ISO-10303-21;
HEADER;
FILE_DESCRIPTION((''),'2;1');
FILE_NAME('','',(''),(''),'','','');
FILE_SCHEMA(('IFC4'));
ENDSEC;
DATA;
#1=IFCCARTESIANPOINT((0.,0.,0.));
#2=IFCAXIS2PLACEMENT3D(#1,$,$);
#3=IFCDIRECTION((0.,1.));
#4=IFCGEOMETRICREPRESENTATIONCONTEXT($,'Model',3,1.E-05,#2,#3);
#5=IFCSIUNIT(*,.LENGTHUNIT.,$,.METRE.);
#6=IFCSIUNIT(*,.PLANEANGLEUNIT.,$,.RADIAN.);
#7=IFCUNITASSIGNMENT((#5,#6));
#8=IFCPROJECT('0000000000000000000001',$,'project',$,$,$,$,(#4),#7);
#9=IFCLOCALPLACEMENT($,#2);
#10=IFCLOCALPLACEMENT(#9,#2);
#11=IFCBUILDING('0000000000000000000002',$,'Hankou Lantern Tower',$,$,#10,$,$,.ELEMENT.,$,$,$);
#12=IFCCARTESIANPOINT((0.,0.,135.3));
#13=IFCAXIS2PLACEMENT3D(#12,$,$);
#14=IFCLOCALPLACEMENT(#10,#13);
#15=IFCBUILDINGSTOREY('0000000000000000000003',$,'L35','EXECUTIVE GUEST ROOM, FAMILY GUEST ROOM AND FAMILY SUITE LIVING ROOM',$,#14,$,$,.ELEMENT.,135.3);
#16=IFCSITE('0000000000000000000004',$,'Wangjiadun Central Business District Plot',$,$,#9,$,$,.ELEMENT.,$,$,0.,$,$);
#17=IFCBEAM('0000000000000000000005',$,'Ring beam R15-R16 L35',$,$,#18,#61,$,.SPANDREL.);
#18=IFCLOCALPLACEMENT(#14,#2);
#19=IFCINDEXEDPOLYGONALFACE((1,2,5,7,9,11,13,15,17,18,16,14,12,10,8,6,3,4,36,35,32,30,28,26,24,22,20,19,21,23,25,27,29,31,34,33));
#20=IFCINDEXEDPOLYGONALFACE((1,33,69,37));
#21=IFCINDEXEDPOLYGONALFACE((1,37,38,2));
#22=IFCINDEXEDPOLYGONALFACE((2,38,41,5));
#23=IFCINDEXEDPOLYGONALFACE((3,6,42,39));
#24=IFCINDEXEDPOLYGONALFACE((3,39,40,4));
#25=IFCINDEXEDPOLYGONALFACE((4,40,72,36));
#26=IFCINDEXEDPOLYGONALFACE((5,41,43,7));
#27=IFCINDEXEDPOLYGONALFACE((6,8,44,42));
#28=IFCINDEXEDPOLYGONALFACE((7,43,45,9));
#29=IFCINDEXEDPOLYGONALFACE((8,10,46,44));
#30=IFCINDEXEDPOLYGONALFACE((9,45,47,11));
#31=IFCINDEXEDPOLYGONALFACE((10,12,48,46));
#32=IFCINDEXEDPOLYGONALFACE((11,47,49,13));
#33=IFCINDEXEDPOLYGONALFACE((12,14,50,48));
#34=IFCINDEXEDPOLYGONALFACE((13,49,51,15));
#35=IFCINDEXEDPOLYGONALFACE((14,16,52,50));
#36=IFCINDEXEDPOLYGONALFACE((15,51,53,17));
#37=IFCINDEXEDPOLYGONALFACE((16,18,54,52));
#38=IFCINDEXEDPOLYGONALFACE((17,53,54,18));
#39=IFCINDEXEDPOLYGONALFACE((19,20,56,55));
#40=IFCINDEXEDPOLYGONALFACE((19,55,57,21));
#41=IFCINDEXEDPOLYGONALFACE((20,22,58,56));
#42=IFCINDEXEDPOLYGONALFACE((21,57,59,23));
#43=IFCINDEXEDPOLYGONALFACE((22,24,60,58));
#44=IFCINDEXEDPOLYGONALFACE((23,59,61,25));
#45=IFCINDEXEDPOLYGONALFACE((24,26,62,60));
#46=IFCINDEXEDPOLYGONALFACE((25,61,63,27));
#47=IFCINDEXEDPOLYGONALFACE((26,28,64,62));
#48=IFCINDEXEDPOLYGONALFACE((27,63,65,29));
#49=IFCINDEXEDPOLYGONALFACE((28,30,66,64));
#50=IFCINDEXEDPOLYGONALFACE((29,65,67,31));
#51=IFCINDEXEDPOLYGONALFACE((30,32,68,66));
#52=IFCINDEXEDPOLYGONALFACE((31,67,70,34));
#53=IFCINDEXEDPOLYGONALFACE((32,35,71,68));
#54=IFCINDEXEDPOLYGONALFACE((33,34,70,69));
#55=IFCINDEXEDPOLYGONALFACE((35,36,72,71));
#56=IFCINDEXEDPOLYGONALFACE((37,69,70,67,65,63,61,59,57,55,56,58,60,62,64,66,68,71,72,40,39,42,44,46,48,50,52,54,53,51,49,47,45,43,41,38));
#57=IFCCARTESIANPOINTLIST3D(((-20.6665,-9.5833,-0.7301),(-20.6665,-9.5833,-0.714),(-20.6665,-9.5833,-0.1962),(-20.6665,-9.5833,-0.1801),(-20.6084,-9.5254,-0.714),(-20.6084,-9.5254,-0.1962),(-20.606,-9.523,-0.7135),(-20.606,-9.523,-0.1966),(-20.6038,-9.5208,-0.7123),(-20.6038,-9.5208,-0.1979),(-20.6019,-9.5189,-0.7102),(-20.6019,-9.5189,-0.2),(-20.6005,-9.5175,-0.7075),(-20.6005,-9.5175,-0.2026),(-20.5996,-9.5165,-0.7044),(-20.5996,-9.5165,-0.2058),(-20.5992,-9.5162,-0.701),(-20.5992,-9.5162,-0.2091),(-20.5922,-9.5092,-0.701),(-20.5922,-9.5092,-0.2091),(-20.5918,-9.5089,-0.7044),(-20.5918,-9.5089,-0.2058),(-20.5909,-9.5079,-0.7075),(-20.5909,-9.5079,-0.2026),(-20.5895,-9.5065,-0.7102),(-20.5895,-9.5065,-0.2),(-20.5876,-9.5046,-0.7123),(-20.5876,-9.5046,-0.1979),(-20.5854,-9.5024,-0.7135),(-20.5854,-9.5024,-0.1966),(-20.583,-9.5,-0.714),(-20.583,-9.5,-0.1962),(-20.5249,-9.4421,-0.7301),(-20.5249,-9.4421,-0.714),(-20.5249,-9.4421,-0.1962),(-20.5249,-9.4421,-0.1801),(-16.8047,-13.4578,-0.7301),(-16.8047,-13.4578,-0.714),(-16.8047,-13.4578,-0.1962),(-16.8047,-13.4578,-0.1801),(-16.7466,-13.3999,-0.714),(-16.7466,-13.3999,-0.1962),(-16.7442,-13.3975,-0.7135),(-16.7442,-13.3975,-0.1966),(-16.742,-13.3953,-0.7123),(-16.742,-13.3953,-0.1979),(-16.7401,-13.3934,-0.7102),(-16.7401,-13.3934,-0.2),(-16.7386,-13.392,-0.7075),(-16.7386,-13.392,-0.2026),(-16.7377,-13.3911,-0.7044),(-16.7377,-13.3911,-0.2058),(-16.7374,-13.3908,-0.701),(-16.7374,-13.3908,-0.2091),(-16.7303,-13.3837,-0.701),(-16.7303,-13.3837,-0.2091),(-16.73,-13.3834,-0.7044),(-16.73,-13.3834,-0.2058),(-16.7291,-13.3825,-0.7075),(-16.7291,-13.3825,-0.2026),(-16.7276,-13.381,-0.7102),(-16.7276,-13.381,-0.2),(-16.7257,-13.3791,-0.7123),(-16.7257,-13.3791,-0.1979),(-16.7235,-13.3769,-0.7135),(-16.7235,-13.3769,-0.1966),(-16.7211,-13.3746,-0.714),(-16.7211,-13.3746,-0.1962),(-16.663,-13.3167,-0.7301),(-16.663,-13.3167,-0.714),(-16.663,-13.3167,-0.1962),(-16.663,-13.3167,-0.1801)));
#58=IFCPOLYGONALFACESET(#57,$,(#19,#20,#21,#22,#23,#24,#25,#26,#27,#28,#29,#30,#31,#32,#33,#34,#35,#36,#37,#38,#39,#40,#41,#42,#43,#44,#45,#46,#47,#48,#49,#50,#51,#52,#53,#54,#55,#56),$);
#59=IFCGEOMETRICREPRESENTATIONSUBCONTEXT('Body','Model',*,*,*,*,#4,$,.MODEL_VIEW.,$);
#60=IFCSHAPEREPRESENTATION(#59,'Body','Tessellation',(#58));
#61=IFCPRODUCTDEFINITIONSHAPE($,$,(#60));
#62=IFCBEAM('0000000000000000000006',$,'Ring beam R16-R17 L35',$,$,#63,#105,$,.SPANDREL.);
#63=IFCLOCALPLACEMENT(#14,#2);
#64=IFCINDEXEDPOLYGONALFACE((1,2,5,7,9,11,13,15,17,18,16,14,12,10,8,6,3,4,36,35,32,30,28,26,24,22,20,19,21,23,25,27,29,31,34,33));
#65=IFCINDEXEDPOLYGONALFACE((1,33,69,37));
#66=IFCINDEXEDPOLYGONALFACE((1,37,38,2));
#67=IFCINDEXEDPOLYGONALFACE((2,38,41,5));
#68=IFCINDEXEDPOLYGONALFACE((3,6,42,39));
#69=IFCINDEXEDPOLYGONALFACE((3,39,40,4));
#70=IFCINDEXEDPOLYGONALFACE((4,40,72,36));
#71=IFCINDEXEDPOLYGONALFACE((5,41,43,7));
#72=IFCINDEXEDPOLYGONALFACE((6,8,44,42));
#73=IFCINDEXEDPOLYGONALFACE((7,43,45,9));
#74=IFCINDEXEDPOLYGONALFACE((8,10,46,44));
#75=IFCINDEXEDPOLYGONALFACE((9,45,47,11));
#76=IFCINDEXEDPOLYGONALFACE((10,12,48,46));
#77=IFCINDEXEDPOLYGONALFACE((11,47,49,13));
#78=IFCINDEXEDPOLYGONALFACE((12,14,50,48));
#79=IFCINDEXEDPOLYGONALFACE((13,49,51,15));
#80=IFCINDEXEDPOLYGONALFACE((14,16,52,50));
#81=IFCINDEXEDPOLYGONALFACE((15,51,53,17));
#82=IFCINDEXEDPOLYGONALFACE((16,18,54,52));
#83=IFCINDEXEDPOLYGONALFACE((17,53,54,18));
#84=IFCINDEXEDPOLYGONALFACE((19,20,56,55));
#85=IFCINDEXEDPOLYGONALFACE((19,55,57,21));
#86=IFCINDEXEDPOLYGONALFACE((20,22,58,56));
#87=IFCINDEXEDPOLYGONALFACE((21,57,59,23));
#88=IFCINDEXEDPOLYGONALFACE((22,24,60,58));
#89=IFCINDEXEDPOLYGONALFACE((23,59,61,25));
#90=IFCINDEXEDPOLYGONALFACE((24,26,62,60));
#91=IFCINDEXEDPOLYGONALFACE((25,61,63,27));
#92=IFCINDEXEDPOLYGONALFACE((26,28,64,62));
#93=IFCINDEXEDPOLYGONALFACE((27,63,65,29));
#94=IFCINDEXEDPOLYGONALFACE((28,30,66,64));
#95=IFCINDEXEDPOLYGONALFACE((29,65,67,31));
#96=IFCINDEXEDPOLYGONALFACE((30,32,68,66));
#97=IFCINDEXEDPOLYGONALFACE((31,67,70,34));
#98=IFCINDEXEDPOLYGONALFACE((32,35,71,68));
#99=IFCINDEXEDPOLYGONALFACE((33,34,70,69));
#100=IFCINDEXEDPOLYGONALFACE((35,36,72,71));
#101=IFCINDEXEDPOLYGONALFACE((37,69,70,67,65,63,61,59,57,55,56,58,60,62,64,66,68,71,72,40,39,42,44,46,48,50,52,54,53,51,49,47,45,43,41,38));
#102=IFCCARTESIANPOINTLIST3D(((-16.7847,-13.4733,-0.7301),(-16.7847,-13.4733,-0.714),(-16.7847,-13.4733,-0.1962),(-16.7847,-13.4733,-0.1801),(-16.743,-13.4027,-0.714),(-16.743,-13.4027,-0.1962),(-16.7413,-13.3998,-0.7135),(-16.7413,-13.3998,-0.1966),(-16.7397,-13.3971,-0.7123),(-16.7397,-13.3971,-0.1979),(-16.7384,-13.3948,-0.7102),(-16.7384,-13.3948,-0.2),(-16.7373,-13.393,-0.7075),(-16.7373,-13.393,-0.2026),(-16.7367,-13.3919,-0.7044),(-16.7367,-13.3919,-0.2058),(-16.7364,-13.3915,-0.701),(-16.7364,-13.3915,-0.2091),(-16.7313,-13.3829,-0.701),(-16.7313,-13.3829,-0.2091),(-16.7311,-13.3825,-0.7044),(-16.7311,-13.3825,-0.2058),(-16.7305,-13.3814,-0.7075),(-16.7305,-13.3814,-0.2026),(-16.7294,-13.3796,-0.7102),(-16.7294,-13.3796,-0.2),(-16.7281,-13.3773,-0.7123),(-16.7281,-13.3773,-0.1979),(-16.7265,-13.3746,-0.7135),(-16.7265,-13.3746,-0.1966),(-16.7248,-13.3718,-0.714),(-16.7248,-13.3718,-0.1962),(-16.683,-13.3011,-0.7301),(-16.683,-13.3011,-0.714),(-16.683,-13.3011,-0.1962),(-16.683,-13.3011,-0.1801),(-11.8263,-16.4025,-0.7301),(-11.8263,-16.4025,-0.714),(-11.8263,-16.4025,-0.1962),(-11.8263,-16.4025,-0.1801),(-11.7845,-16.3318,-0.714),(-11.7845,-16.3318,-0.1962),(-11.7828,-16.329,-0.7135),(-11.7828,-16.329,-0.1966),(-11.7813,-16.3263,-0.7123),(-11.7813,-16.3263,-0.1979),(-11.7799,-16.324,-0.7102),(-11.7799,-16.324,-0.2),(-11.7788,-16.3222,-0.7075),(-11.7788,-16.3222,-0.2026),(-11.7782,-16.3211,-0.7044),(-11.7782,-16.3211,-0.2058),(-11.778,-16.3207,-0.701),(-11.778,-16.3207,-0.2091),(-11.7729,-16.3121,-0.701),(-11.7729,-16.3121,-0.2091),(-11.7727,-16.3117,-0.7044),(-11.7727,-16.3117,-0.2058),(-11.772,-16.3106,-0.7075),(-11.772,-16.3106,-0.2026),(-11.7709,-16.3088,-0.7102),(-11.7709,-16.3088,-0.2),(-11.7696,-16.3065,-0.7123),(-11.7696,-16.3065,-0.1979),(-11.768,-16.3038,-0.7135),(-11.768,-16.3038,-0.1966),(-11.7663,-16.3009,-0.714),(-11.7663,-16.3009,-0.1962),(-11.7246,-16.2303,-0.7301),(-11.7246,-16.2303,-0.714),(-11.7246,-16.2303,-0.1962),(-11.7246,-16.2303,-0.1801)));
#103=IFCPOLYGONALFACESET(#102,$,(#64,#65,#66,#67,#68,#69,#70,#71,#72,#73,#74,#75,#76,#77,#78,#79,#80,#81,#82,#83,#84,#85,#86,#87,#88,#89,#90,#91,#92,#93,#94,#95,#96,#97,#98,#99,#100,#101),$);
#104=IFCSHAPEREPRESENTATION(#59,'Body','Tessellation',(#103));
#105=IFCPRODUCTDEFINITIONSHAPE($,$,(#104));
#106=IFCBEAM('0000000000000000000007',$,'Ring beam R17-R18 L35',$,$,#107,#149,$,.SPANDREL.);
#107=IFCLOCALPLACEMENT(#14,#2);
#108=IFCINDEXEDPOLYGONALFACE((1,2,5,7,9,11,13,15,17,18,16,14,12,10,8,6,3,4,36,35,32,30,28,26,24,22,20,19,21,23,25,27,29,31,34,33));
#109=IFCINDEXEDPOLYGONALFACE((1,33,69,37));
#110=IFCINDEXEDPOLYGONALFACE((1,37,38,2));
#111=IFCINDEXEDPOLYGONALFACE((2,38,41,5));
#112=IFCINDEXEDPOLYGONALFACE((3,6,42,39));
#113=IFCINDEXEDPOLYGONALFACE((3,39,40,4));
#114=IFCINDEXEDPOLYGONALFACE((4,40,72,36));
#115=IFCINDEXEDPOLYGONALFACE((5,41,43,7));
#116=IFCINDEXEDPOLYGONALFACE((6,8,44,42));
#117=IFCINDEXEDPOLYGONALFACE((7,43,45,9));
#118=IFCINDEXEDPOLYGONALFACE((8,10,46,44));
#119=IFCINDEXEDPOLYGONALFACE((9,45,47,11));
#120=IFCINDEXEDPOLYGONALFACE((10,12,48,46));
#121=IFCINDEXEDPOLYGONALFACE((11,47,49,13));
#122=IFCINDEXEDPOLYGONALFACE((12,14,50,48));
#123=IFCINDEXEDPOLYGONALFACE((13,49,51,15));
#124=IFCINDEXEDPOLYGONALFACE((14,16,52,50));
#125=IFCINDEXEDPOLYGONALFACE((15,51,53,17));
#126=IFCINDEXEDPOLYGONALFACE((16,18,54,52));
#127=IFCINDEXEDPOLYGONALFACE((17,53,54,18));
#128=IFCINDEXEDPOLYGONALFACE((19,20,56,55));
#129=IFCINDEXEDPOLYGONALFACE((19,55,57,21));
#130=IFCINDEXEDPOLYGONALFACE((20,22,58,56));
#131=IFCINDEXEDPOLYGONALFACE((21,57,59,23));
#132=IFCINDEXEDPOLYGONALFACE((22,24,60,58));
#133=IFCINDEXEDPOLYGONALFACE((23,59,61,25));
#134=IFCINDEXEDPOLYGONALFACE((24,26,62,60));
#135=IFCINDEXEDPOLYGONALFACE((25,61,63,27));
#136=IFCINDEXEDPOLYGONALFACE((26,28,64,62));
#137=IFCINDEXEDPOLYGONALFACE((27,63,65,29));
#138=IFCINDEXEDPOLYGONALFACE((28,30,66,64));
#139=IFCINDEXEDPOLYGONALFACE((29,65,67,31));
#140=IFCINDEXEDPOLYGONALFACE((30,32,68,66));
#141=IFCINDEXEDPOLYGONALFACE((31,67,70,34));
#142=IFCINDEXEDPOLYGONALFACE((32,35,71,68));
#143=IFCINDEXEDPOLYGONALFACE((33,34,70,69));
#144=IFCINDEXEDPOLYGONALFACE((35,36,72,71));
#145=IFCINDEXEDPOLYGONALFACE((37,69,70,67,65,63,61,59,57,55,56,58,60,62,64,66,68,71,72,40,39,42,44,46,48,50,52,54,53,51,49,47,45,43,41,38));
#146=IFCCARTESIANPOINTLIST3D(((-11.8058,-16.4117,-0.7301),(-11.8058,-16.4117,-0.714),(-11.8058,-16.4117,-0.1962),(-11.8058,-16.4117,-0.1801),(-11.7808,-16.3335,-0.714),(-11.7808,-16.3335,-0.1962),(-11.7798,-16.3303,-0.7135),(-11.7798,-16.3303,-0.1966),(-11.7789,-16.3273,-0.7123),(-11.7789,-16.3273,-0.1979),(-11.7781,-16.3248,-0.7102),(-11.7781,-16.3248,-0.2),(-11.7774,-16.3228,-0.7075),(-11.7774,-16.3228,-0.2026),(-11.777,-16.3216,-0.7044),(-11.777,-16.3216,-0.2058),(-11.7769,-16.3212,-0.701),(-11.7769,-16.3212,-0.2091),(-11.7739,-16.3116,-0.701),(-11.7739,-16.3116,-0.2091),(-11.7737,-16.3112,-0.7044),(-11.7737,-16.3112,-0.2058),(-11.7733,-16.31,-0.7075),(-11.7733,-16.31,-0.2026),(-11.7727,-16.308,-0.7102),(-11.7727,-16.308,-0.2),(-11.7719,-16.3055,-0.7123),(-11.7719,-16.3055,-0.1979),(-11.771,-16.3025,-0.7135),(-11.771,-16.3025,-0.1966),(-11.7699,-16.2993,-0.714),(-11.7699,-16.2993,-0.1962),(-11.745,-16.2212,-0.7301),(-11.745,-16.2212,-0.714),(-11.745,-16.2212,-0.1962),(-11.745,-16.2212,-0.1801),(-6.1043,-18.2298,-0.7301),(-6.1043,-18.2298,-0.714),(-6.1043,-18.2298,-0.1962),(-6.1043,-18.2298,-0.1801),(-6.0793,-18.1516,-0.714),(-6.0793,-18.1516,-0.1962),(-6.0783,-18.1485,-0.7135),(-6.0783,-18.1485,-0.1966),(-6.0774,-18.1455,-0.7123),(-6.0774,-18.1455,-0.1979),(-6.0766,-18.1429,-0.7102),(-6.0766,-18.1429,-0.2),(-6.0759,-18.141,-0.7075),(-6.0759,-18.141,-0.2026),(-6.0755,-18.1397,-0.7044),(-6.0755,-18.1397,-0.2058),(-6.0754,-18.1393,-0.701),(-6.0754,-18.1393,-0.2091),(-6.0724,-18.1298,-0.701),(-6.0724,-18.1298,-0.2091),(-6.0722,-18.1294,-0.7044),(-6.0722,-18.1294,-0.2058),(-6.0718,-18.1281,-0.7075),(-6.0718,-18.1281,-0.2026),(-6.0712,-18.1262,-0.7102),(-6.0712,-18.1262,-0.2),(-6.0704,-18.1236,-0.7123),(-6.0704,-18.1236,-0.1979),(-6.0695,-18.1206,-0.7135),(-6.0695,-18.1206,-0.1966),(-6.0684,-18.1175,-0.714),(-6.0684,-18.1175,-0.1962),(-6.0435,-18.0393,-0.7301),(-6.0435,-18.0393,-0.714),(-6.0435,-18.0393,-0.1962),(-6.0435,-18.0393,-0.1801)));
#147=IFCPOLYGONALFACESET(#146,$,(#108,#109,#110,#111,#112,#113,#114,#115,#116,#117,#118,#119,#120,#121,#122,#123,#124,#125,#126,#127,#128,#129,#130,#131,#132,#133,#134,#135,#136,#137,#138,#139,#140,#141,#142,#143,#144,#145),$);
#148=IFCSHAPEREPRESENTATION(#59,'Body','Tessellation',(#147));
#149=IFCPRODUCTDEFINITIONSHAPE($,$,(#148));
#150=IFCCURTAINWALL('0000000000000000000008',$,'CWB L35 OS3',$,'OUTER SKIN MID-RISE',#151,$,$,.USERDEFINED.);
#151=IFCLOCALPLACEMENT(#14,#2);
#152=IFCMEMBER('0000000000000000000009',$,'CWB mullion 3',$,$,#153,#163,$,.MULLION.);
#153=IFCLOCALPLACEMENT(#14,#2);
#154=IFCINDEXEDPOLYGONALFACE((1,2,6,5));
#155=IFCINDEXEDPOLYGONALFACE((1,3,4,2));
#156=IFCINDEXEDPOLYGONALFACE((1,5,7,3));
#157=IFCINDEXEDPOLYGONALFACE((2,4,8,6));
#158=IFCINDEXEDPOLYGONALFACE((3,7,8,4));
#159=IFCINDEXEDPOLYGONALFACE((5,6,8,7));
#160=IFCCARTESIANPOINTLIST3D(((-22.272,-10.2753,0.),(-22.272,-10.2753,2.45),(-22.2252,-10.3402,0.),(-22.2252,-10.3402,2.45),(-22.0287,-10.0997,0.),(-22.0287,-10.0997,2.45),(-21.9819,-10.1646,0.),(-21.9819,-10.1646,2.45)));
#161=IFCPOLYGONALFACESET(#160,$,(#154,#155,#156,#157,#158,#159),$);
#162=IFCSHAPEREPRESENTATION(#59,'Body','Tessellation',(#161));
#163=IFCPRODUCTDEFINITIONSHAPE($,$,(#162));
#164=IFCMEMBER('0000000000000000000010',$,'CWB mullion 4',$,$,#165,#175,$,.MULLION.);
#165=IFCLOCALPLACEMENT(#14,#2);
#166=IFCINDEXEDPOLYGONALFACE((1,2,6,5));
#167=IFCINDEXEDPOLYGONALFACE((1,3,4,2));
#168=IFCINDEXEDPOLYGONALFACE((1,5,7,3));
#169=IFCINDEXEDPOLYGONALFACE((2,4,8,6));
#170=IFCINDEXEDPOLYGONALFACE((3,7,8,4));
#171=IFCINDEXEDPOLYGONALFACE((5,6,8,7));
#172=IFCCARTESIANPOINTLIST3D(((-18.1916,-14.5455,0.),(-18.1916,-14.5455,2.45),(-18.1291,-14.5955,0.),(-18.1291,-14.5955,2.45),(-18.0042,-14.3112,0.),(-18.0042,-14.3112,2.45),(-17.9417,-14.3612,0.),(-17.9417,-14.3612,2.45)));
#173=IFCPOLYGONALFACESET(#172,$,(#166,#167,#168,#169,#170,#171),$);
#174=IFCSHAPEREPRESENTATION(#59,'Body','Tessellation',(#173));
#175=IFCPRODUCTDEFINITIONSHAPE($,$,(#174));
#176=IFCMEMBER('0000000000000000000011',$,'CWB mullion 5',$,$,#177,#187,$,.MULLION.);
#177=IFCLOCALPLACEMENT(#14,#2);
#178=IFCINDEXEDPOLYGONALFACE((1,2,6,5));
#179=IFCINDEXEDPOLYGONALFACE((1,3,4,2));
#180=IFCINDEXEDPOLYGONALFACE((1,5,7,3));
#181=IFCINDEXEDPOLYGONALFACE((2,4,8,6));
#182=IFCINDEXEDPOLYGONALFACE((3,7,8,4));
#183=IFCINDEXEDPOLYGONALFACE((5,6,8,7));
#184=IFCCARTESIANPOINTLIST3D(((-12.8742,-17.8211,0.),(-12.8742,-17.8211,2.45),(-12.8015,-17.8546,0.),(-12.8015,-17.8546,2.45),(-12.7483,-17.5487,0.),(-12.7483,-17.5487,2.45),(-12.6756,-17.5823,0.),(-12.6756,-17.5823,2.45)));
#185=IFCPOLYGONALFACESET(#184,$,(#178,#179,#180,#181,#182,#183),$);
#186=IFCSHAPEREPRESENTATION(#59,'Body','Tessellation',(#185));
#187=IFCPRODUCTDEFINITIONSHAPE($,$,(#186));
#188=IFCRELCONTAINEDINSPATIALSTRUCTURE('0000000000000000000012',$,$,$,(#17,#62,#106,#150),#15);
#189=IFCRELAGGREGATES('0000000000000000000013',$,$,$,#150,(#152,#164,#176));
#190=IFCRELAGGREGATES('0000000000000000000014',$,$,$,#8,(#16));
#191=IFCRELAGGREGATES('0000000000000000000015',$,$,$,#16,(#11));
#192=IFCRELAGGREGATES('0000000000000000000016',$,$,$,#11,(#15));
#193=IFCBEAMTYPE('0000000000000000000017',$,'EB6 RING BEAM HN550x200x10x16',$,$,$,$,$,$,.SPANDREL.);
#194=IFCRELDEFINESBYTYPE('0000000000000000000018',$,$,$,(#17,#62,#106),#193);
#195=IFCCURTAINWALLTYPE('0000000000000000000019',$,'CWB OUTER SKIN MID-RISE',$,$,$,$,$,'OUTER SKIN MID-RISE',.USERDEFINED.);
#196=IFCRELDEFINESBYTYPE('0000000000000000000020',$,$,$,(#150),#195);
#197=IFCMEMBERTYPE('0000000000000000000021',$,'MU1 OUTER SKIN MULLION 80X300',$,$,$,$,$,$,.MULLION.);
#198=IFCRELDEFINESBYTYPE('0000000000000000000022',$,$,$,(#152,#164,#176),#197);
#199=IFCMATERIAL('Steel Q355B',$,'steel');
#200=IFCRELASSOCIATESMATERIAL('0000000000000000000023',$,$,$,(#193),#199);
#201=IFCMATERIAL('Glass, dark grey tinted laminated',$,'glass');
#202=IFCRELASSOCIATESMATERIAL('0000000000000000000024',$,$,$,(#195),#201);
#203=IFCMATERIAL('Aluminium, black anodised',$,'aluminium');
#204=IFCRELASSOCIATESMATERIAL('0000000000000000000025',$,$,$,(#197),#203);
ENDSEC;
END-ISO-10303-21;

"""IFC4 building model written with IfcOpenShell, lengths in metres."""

from ifc_helpers import new_model, si_unit, direction, frame, origin, origin_2d, place, context, subcontext, project, spatial, rectangle, i_section, extrude, material, material_profile, profile_set, type_object, element, aggregate, save


model = new_model("IFC4")

# Units and contexts
model_context = context("Model", 3, precision=1e-05, world=origin(), true_north=direction((0.0, 1.0)))
body_context = subcontext(model_context, "Body", "Model", "MODEL_VIEW")
ifc_project = project(units=[si_unit("LENGTHUNIT", "METRE"), si_unit("PLANEANGLEUNIT", "RADIAN")], contexts=[model_context])

# Site, building, storey
site_placement = place(None, origin())
site = spatial("IfcSite", under=ifc_project, at=site_placement, Name="Wangjiadun Central Business District Plot", CompositionType="ELEMENT", RefElevation=0.0)
building_placement = place(site_placement, origin())
building = spatial("IfcBuilding", under=site, at=building_placement, Name="Hankou Lantern Tower", CompositionType="ELEMENT")
storey_placement = place(building_placement, frame((0.0, 0.0, 135.3)))
storey = spatial("IfcBuildingStorey", under=building, at=storey_placement, Name="L35", Description="EXECUTIVE GUEST ROOM, FAMILY GUEST ROOM AND FAMILY SUITE LIVING ROOM", CompositionType="ELEMENT", Elevation=135.3)

# Beams
ifc_material_1 = material(Name="Steel Q355B", Category="steel")
ifc_material_profile_1 = material_profile(ifc_material_1, i_section(OverallWidth=0.2, OverallDepth=0.55, WebThickness=0.01, FlangeThickness=0.0161, FilletRadius=0.0129, at=origin_2d()), Name="HN550x200x10x16")
ifc_profile_set_1 = profile_set([ifc_material_profile_1], Name="Steel Q355B")
beam_type_1 = type_object("IfcBeamType", Name="EB6 RING BEAM HN550x200x10x16", PredefinedType="SPANDREL", material=ifc_profile_set_1)
beam_1_placement = place(storey_placement, frame((-20.5957, -9.5127, -0.4551), z_axis=(0.705945, -0.708266, 0.0), x_axis=(0.708266, 0.705945, 0.0)))
element("IfcBeam", 1, at=beam_1_placement, inside=storey, type_object=beam_type_1, Name="Ring beam R15-R16 L35", PredefinedType="SPANDREL", context=body_context, shape_type="SweptSolid", body=[
    extrude(i_section(OverallWidth=0.2, OverallDepth=0.55, WebThickness=0.01, FlangeThickness=0.0161, FilletRadius=0.0129, at=origin_2d()), origin(), (0.0, 0.0, 1.0), 5.4705),
])
beam_2_placement = place(storey_placement, frame((-16.7339, -13.3872, -0.4551), z_axis=(0.860989, -0.508624, 0.0), x_axis=(0.508624, 0.860989, 0.0)))
element("IfcBeam", 2, at=beam_2_placement, inside=storey, type_object=beam_type_1, Name="Ring beam R16-R17 L35", PredefinedType="SPANDREL", context=body_context, shape_type="SweptSolid", body=[
    extrude(i_section(OverallWidth=0.2, OverallDepth=0.55, WebThickness=0.01, FlangeThickness=0.0161, FilletRadius=0.0129, at=origin_2d()), origin(), (0.0, 0.0, 1.0), 5.759),
])
beam_3_placement = place(storey_placement, frame((-11.7754, -16.3164, -0.4551), z_axis=(0.952731, -0.303815, 0.0), x_axis=(0.303815, 0.952731, 0.0)))
element("IfcBeam", 3, at=beam_3_placement, inside=storey, type_object=beam_type_1, Name="Ring beam R17-R18 L35", PredefinedType="SPANDREL", context=body_context, shape_type="SweptSolid", body=[
    extrude(i_section(OverallWidth=0.2, OverallDepth=0.55, WebThickness=0.01, FlangeThickness=0.0161, FilletRadius=0.0129, at=origin_2d()), origin(), (0.0, 0.0, 1.0), 5.9844),
])

# Curtain wall, members
ifc_material_2 = material(Name="Glass, dark grey tinted laminated", Category="glass")
curtain_wall_type = type_object("IfcCurtainWallType", Name="CWB OUTER SKIN MID-RISE", ElementType="OUTER SKIN MID-RISE", PredefinedType="USERDEFINED", material=ifc_material_2)
curtain_wall_placement = place(storey_placement, origin())
curtain_wall = element("IfcCurtainWall", 4, at=curtain_wall_placement, inside=storey, type_object=curtain_wall_type, Name="CWB L35 OS3", ObjectType="OUTER SKIN MID-RISE", PredefinedType="USERDEFINED")
ifc_material_3 = material(Name="Aluminium, black anodised", Category="aluminium")
ifc_material_profile_2 = material_profile(ifc_material_3, rectangle(XDim=0.0801, YDim=0.3, at=origin_2d()), Name="MU1 80X300")
ifc_profile_set_2 = profile_set([ifc_material_profile_2], Name="Aluminium, black anodised")
member_type_1 = type_object("IfcMemberType", Name="MU1 OUTER SKIN MULLION 80X300", PredefinedType="MULLION", material=ifc_profile_set_2)
member_1_placement = place(storey_placement, frame((-22.127, -10.22, 0.0), z_axis=(0.0, 0.0, 1.0), x_axis=(0.585206, -0.810885, 0.0)))
member_1 = element("IfcMember", 5, at=member_1_placement, type_object=member_type_1, Name="CWB mullion 3", PredefinedType="MULLION", context=body_context, shape_type="SweptSolid", body=[
    extrude(rectangle(XDim=0.0801, YDim=0.3, at=origin_2d()), origin(), (0.0, 0.0, 1.0), 2.45),
])
member_2_placement = place(storey_placement, frame((-18.0667, -14.4534, 0.0), z_axis=(0.0, 0.0, 1.0), x_axis=(0.780869, -0.624695, 0.0)))
member_2 = element("IfcMember", 6, at=member_2_placement, type_object=member_type_1, Name="CWB mullion 4", PredefinedType="MULLION", context=body_context, shape_type="SweptSolid", body=[
    extrude(rectangle(XDim=0.0801, YDim=0.3, at=origin_2d()), origin(), (0.0, 0.0, 1.0), 2.45),
])
member_3_placement = place(storey_placement, frame((-12.7749, -17.7017, 0.0), z_axis=(0.0, 0.0, 1.0), x_axis=(0.907841, -0.419314, 0.0)))
member_3 = element("IfcMember", 7, at=member_3_placement, type_object=member_type_1, Name="CWB mullion 5", PredefinedType="MULLION", context=body_context, shape_type="SweptSolid", body=[
    extrude(rectangle(XDim=0.0801, YDim=0.3, at=origin_2d()), origin(), (0.0, 0.0, 1.0), 2.45),
])

aggregate(curtain_wall, [member_1, member_2, member_3])

save(model, "model.ifc")
